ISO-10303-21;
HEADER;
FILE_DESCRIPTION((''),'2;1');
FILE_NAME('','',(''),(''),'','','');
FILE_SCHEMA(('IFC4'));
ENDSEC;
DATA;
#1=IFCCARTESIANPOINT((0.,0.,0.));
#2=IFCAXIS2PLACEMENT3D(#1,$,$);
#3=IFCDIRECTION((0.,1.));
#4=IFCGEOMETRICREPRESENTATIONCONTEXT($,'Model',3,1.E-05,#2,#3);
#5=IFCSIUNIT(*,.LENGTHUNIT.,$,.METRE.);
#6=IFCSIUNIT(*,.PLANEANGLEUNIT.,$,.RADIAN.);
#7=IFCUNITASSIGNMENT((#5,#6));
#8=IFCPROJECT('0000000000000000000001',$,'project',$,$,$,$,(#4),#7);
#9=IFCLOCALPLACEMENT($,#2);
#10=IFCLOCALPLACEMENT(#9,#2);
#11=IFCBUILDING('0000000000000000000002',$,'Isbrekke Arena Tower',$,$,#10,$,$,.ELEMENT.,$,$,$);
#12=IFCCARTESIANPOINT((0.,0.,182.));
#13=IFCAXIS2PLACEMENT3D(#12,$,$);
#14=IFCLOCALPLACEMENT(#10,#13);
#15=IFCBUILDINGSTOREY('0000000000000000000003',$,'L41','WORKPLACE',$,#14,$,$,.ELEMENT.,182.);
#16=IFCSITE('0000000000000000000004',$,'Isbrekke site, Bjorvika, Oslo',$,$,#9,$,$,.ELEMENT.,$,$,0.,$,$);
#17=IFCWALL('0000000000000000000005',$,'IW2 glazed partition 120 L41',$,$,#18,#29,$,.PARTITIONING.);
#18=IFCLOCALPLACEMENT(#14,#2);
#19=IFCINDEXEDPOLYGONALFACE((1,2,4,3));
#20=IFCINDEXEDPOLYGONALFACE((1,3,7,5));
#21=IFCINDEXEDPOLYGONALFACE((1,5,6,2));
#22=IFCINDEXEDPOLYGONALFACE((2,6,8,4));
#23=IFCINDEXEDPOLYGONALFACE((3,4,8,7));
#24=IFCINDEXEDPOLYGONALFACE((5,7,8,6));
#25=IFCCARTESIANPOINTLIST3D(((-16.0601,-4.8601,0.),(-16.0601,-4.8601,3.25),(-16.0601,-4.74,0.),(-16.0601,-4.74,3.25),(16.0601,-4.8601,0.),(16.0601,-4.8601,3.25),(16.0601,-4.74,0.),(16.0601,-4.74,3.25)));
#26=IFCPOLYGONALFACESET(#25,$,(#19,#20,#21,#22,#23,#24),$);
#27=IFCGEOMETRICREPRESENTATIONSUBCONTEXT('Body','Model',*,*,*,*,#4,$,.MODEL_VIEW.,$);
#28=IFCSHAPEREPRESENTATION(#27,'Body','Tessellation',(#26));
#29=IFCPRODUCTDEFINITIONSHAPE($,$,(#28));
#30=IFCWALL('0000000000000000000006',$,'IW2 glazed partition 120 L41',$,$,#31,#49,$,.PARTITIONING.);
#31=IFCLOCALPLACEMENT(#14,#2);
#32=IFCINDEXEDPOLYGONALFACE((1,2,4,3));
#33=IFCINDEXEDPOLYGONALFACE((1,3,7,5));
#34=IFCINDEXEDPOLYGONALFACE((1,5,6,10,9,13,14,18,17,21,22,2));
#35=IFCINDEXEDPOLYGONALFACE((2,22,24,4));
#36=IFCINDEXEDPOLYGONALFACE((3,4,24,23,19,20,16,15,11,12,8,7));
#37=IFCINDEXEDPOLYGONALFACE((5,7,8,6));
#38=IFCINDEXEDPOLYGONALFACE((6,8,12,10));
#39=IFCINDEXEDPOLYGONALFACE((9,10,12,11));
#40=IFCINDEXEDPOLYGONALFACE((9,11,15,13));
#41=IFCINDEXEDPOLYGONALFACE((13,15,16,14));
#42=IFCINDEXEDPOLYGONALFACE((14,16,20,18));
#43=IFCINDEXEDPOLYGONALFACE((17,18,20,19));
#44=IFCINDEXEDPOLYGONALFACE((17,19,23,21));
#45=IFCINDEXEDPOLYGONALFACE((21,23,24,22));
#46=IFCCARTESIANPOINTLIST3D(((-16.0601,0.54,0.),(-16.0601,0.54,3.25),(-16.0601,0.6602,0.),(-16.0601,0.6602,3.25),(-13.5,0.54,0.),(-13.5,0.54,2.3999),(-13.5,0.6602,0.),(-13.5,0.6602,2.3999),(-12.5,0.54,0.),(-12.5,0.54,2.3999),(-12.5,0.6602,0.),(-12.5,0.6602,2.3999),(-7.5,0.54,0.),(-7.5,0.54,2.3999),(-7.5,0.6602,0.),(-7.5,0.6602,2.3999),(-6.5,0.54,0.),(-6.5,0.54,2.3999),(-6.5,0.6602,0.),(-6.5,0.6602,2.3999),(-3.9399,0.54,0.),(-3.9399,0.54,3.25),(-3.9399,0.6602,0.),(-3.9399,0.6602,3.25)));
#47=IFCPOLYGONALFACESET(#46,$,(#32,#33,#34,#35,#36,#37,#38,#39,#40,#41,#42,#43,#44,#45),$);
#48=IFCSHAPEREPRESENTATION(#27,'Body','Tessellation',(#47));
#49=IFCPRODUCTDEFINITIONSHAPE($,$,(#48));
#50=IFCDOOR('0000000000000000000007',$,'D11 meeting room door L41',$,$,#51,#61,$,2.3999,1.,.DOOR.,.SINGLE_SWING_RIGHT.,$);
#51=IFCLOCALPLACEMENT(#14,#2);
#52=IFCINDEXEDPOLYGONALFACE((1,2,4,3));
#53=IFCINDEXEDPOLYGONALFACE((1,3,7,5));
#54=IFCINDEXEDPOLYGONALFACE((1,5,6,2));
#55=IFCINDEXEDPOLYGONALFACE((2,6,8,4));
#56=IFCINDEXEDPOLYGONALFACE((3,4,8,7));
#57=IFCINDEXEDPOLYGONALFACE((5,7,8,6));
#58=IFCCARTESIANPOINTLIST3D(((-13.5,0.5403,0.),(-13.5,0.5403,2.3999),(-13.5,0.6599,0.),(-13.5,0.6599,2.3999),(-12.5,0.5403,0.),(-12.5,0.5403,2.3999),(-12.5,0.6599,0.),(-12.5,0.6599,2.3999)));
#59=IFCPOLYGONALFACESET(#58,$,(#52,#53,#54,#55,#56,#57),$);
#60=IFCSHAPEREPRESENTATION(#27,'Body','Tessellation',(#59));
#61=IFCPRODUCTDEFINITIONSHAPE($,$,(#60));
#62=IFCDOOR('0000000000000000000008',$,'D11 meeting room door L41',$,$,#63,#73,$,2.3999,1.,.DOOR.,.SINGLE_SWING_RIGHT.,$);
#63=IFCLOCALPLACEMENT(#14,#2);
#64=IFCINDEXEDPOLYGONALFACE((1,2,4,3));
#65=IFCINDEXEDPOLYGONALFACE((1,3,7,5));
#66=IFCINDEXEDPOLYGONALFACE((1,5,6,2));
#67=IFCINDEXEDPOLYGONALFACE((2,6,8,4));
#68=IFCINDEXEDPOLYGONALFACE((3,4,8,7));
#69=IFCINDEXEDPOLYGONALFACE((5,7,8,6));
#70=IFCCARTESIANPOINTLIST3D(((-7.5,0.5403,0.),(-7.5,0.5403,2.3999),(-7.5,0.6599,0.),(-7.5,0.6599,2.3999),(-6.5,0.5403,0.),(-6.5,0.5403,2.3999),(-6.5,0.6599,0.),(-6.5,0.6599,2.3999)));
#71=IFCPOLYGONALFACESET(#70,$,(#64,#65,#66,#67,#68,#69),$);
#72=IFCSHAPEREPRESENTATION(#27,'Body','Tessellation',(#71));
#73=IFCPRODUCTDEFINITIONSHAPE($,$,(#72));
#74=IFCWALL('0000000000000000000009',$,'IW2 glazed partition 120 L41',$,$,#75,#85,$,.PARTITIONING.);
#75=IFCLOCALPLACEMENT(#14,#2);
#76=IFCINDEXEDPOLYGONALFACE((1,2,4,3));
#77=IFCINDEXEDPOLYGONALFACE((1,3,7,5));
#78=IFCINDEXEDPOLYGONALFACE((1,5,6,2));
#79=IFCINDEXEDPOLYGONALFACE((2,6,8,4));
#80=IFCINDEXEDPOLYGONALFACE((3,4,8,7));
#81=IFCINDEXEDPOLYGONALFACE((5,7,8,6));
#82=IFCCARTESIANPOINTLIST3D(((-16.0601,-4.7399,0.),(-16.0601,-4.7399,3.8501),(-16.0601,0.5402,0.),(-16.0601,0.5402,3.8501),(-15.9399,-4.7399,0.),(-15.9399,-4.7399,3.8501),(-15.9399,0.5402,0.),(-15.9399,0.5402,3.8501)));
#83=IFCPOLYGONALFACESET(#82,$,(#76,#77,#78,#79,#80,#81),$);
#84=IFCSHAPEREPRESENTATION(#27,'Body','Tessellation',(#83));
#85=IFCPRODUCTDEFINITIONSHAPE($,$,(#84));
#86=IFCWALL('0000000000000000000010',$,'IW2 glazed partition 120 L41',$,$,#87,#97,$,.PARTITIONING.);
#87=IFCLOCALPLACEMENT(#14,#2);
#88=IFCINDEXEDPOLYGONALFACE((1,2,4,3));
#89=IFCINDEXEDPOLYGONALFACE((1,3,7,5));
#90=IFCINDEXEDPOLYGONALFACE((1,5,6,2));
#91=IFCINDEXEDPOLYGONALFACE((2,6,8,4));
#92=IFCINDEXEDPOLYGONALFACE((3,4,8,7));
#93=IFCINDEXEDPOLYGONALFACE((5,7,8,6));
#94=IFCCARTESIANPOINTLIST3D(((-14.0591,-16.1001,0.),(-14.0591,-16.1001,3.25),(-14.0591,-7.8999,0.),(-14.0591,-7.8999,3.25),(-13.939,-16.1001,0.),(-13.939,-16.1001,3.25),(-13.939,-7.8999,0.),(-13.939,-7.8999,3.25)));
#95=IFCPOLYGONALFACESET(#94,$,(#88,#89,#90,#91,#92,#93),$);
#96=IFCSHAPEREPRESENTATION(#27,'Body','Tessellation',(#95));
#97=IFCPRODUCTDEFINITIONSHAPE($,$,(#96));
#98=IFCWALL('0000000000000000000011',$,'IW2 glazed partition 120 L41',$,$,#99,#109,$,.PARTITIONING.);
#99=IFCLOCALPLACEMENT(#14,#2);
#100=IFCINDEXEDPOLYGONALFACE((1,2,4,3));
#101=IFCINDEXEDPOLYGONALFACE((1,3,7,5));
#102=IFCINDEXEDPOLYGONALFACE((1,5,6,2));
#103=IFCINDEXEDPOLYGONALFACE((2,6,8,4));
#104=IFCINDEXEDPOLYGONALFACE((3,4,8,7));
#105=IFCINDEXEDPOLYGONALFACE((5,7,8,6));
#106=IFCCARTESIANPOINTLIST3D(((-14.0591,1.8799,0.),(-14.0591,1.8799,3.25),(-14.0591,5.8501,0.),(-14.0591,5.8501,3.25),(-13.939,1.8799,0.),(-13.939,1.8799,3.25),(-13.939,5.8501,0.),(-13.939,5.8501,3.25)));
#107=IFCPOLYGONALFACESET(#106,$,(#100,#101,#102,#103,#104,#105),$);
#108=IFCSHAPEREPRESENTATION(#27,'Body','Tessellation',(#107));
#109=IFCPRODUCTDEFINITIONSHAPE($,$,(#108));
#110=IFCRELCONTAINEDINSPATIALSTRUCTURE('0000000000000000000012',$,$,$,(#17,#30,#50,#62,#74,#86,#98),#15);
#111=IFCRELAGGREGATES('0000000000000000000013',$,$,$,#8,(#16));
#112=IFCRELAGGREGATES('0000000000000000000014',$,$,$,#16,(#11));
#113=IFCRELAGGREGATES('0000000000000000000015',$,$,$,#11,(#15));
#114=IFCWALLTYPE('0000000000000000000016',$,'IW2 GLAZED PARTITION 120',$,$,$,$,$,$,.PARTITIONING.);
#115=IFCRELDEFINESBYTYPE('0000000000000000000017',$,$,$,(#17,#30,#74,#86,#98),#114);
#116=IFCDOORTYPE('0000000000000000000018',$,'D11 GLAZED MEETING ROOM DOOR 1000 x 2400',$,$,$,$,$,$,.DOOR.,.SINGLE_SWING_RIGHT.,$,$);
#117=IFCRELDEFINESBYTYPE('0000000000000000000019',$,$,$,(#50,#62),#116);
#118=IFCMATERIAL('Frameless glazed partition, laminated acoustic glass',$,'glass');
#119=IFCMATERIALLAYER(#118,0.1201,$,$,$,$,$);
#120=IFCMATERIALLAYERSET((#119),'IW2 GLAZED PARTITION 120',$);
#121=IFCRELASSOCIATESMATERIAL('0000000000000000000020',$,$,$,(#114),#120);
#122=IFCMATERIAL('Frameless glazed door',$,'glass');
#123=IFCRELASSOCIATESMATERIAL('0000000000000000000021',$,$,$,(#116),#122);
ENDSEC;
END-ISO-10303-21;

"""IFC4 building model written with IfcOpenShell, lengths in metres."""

from ifc_helpers import new_model, si_unit, direction, frame, frame_2d, origin, place, context, subcontext, project, spatial, rectangle, extrude, material, layer, layer_set, type_object, element, fill, save


model = new_model("IFC4")

# Units and contexts
model_context = context("Model", 3, precision=1e-05, world=origin(), true_north=direction((0.0, 1.0)))
body_context = subcontext(model_context, "Body", "Model", "MODEL_VIEW")
ifc_project = project(units=[si_unit("LENGTHUNIT", "METRE"), si_unit("PLANEANGLEUNIT", "RADIAN")], contexts=[model_context])

# Site, building, storey
site_placement = place(None, origin())
site = spatial("IfcSite", under=ifc_project, at=site_placement, Name="Isbrekke site, Bjorvika, Oslo", CompositionType="ELEMENT", RefElevation=0.0)
building_placement = place(site_placement, origin())
building = spatial("IfcBuilding", under=site, at=building_placement, Name="Isbrekke Arena Tower", CompositionType="ELEMENT")
storey_placement = place(building_placement, frame((0.0, 0.0, 182.0)))
storey = spatial("IfcBuildingStorey", under=building, at=storey_placement, Name="L41", Description="WORKPLACE", CompositionType="ELEMENT", Elevation=182.0)

# Wall
ifc_material_1 = material(Name="Frameless glazed partition, laminated acoustic glass", Category="glass")
ifc_layer_1 = layer(ifc_material_1, 0.1201)
ifc_layer_set_1 = layer_set([ifc_layer_1], Name="IW2 GLAZED PARTITION 120")
wall_type = type_object("IfcWallType", Name="IW2 GLAZED PARTITION 120", PredefinedType="PARTITIONING", material=ifc_layer_set_1)
wall_1_placement = place(storey_placement, frame((-16.0601, -4.8, 0.0), z_axis=(0.0, 0.0, 1.0), x_axis=(1.0, 0.0, 0.0)))
element("IfcWall", 1, at=wall_1_placement, inside=storey, type_object=wall_type, Name="IW2 glazed partition 120 L41", PredefinedType="PARTITIONING", context=body_context, shape_type="SweptSolid", body=[
    extrude(rectangle(XDim=32.1201, YDim=0.1201, at=frame_2d((16.0601, 0.0))), origin(), (0.0, 0.0, 1.0), 3.25),
])

# Wall, openings, doors
wall_2_placement = place(storey_placement, frame((-16.0601, 0.6001, 0.0), z_axis=(0.0, 0.0, 1.0), x_axis=(1.0, 0.0, 0.0)))
wall_2 = element("IfcWall", 2, at=wall_2_placement, inside=storey, type_object=wall_type, Name="IW2 glazed partition 120 L41", PredefinedType="PARTITIONING", context=body_context, shape_type="SweptSolid", body=[
    extrude(rectangle(XDim=12.1201, YDim=0.1201, at=frame_2d((6.0601, 0.0))), origin(), (0.0, 0.0, 1.0), 3.25),
])
opening_1_placement = place(wall_2_placement, frame((2.5601, 0.0, 0.0)))
opening_1 = element("IfcOpeningElement", 3, at=opening_1_placement, cuts=wall_2, PredefinedType="OPENING", context=body_context, shape_type="SweptSolid", body=[
    extrude(rectangle(XDim=1.0, YDim=2.3999, at=frame_2d((0.5, 1.2))), frame((0.0, 0.075, 0.0), z_axis=(0.0, -1.0, 0.0), x_axis=(1.0, 0.0, 0.0)), (0.0, 0.0, 1.0), 0.1499),
])
opening_2_placement = place(wall_2_placement, frame((8.5601, 0.0, 0.0)))
opening_2 = element("IfcOpeningElement", 4, at=opening_2_placement, cuts=wall_2, PredefinedType="OPENING", context=body_context, shape_type="SweptSolid", body=[
    extrude(rectangle(XDim=1.0, YDim=2.3999, at=frame_2d((0.5, 1.2))), frame((0.0, 0.075, 0.0), z_axis=(0.0, -1.0, 0.0), x_axis=(1.0, 0.0, 0.0)), (0.0, 0.0, 1.0), 0.1499),
])
ifc_material_2 = material(Name="Frameless glazed door", Category="glass")
door_type = type_object("IfcDoorType", Name="D11 GLAZED MEETING ROOM DOOR 1000 x 2400", OperationType="SINGLE_SWING_RIGHT", PredefinedType="DOOR", material=ifc_material_2)
door_1_placement = place(opening_1_placement, origin())
door_1 = element("IfcDoor", 5, at=door_1_placement, inside=storey, type_object=door_type, Name="D11 meeting room door L41", OperationType="SINGLE_SWING_RIGHT", OverallHeight=2.3999, OverallWidth=1.0, PredefinedType="DOOR", context=body_context, shape_type="SweptSolid", body=[
    extrude(rectangle(XDim=1.0, YDim=2.3999, at=frame_2d((0.5, 1.2))), frame((0.0, 0.0598, 0.0), z_axis=(0.0, -1.0, 0.0), x_axis=(1.0, 0.0, 0.0)), (0.0, 0.0, 1.0), 0.1196),
])
fill(opening_1, door_1)
door_2_placement = place(opening_2_placement, origin())
door_2 = element("IfcDoor", 6, at=door_2_placement, inside=storey, type_object=door_type, Name="D11 meeting room door L41", OperationType="SINGLE_SWING_RIGHT", OverallHeight=2.3999, OverallWidth=1.0, PredefinedType="DOOR", context=body_context, shape_type="SweptSolid", body=[
    extrude(rectangle(XDim=1.0, YDim=2.3999, at=frame_2d((0.5, 1.2))), frame((0.0, 0.0598, 0.0), z_axis=(0.0, -1.0, 0.0), x_axis=(1.0, 0.0, 0.0)), (0.0, 0.0, 1.0), 0.1196),
])
fill(opening_2, door_2)

# Walls
wall_3_placement = place(storey_placement, frame((-16.0, -4.74, 0.0), z_axis=(0.0, 0.0, 1.0), x_axis=(0.0, 1.0, 0.0)))
element("IfcWall", 7, at=wall_3_placement, inside=storey, type_object=wall_type, Name="IW2 glazed partition 120 L41", PredefinedType="PARTITIONING", context=body_context, shape_type="SweptSolid", body=[
    extrude(rectangle(XDim=5.28, YDim=0.1201, at=frame_2d((2.6401, 0.0))), origin(), (0.0, 0.0, 1.0), 3.8501),
])
wall_4_placement = place(storey_placement, frame((-13.999, -16.1001, 0.0), z_axis=(0.0, 0.0, 1.0), x_axis=(0.0, 1.0, 0.0)))
element("IfcWall", 8, at=wall_4_placement, inside=storey, type_object=wall_type, Name="IW2 glazed partition 120 L41", PredefinedType="PARTITIONING", context=body_context, shape_type="SweptSolid", body=[
    extrude(rectangle(XDim=8.2002, YDim=0.1201, at=frame_2d((4.1001, 0.0))), origin(), (0.0, 0.0, 1.0), 3.25),
])
wall_5_placement = place(storey_placement, frame((-13.999, 1.8799, 0.0), z_axis=(0.0, 0.0, 1.0), x_axis=(0.0, 1.0, 0.0)))
element("IfcWall", 9, at=wall_5_placement, inside=storey, type_object=wall_type, Name="IW2 glazed partition 120 L41", PredefinedType="PARTITIONING", context=body_context, shape_type="SweptSolid", body=[
    extrude(rectangle(XDim=3.9702, YDim=0.1201, at=frame_2d((1.9851, 0.0))), origin(), (0.0, 0.0, 1.0), 3.25),
])

save(model, "model.ifc")
